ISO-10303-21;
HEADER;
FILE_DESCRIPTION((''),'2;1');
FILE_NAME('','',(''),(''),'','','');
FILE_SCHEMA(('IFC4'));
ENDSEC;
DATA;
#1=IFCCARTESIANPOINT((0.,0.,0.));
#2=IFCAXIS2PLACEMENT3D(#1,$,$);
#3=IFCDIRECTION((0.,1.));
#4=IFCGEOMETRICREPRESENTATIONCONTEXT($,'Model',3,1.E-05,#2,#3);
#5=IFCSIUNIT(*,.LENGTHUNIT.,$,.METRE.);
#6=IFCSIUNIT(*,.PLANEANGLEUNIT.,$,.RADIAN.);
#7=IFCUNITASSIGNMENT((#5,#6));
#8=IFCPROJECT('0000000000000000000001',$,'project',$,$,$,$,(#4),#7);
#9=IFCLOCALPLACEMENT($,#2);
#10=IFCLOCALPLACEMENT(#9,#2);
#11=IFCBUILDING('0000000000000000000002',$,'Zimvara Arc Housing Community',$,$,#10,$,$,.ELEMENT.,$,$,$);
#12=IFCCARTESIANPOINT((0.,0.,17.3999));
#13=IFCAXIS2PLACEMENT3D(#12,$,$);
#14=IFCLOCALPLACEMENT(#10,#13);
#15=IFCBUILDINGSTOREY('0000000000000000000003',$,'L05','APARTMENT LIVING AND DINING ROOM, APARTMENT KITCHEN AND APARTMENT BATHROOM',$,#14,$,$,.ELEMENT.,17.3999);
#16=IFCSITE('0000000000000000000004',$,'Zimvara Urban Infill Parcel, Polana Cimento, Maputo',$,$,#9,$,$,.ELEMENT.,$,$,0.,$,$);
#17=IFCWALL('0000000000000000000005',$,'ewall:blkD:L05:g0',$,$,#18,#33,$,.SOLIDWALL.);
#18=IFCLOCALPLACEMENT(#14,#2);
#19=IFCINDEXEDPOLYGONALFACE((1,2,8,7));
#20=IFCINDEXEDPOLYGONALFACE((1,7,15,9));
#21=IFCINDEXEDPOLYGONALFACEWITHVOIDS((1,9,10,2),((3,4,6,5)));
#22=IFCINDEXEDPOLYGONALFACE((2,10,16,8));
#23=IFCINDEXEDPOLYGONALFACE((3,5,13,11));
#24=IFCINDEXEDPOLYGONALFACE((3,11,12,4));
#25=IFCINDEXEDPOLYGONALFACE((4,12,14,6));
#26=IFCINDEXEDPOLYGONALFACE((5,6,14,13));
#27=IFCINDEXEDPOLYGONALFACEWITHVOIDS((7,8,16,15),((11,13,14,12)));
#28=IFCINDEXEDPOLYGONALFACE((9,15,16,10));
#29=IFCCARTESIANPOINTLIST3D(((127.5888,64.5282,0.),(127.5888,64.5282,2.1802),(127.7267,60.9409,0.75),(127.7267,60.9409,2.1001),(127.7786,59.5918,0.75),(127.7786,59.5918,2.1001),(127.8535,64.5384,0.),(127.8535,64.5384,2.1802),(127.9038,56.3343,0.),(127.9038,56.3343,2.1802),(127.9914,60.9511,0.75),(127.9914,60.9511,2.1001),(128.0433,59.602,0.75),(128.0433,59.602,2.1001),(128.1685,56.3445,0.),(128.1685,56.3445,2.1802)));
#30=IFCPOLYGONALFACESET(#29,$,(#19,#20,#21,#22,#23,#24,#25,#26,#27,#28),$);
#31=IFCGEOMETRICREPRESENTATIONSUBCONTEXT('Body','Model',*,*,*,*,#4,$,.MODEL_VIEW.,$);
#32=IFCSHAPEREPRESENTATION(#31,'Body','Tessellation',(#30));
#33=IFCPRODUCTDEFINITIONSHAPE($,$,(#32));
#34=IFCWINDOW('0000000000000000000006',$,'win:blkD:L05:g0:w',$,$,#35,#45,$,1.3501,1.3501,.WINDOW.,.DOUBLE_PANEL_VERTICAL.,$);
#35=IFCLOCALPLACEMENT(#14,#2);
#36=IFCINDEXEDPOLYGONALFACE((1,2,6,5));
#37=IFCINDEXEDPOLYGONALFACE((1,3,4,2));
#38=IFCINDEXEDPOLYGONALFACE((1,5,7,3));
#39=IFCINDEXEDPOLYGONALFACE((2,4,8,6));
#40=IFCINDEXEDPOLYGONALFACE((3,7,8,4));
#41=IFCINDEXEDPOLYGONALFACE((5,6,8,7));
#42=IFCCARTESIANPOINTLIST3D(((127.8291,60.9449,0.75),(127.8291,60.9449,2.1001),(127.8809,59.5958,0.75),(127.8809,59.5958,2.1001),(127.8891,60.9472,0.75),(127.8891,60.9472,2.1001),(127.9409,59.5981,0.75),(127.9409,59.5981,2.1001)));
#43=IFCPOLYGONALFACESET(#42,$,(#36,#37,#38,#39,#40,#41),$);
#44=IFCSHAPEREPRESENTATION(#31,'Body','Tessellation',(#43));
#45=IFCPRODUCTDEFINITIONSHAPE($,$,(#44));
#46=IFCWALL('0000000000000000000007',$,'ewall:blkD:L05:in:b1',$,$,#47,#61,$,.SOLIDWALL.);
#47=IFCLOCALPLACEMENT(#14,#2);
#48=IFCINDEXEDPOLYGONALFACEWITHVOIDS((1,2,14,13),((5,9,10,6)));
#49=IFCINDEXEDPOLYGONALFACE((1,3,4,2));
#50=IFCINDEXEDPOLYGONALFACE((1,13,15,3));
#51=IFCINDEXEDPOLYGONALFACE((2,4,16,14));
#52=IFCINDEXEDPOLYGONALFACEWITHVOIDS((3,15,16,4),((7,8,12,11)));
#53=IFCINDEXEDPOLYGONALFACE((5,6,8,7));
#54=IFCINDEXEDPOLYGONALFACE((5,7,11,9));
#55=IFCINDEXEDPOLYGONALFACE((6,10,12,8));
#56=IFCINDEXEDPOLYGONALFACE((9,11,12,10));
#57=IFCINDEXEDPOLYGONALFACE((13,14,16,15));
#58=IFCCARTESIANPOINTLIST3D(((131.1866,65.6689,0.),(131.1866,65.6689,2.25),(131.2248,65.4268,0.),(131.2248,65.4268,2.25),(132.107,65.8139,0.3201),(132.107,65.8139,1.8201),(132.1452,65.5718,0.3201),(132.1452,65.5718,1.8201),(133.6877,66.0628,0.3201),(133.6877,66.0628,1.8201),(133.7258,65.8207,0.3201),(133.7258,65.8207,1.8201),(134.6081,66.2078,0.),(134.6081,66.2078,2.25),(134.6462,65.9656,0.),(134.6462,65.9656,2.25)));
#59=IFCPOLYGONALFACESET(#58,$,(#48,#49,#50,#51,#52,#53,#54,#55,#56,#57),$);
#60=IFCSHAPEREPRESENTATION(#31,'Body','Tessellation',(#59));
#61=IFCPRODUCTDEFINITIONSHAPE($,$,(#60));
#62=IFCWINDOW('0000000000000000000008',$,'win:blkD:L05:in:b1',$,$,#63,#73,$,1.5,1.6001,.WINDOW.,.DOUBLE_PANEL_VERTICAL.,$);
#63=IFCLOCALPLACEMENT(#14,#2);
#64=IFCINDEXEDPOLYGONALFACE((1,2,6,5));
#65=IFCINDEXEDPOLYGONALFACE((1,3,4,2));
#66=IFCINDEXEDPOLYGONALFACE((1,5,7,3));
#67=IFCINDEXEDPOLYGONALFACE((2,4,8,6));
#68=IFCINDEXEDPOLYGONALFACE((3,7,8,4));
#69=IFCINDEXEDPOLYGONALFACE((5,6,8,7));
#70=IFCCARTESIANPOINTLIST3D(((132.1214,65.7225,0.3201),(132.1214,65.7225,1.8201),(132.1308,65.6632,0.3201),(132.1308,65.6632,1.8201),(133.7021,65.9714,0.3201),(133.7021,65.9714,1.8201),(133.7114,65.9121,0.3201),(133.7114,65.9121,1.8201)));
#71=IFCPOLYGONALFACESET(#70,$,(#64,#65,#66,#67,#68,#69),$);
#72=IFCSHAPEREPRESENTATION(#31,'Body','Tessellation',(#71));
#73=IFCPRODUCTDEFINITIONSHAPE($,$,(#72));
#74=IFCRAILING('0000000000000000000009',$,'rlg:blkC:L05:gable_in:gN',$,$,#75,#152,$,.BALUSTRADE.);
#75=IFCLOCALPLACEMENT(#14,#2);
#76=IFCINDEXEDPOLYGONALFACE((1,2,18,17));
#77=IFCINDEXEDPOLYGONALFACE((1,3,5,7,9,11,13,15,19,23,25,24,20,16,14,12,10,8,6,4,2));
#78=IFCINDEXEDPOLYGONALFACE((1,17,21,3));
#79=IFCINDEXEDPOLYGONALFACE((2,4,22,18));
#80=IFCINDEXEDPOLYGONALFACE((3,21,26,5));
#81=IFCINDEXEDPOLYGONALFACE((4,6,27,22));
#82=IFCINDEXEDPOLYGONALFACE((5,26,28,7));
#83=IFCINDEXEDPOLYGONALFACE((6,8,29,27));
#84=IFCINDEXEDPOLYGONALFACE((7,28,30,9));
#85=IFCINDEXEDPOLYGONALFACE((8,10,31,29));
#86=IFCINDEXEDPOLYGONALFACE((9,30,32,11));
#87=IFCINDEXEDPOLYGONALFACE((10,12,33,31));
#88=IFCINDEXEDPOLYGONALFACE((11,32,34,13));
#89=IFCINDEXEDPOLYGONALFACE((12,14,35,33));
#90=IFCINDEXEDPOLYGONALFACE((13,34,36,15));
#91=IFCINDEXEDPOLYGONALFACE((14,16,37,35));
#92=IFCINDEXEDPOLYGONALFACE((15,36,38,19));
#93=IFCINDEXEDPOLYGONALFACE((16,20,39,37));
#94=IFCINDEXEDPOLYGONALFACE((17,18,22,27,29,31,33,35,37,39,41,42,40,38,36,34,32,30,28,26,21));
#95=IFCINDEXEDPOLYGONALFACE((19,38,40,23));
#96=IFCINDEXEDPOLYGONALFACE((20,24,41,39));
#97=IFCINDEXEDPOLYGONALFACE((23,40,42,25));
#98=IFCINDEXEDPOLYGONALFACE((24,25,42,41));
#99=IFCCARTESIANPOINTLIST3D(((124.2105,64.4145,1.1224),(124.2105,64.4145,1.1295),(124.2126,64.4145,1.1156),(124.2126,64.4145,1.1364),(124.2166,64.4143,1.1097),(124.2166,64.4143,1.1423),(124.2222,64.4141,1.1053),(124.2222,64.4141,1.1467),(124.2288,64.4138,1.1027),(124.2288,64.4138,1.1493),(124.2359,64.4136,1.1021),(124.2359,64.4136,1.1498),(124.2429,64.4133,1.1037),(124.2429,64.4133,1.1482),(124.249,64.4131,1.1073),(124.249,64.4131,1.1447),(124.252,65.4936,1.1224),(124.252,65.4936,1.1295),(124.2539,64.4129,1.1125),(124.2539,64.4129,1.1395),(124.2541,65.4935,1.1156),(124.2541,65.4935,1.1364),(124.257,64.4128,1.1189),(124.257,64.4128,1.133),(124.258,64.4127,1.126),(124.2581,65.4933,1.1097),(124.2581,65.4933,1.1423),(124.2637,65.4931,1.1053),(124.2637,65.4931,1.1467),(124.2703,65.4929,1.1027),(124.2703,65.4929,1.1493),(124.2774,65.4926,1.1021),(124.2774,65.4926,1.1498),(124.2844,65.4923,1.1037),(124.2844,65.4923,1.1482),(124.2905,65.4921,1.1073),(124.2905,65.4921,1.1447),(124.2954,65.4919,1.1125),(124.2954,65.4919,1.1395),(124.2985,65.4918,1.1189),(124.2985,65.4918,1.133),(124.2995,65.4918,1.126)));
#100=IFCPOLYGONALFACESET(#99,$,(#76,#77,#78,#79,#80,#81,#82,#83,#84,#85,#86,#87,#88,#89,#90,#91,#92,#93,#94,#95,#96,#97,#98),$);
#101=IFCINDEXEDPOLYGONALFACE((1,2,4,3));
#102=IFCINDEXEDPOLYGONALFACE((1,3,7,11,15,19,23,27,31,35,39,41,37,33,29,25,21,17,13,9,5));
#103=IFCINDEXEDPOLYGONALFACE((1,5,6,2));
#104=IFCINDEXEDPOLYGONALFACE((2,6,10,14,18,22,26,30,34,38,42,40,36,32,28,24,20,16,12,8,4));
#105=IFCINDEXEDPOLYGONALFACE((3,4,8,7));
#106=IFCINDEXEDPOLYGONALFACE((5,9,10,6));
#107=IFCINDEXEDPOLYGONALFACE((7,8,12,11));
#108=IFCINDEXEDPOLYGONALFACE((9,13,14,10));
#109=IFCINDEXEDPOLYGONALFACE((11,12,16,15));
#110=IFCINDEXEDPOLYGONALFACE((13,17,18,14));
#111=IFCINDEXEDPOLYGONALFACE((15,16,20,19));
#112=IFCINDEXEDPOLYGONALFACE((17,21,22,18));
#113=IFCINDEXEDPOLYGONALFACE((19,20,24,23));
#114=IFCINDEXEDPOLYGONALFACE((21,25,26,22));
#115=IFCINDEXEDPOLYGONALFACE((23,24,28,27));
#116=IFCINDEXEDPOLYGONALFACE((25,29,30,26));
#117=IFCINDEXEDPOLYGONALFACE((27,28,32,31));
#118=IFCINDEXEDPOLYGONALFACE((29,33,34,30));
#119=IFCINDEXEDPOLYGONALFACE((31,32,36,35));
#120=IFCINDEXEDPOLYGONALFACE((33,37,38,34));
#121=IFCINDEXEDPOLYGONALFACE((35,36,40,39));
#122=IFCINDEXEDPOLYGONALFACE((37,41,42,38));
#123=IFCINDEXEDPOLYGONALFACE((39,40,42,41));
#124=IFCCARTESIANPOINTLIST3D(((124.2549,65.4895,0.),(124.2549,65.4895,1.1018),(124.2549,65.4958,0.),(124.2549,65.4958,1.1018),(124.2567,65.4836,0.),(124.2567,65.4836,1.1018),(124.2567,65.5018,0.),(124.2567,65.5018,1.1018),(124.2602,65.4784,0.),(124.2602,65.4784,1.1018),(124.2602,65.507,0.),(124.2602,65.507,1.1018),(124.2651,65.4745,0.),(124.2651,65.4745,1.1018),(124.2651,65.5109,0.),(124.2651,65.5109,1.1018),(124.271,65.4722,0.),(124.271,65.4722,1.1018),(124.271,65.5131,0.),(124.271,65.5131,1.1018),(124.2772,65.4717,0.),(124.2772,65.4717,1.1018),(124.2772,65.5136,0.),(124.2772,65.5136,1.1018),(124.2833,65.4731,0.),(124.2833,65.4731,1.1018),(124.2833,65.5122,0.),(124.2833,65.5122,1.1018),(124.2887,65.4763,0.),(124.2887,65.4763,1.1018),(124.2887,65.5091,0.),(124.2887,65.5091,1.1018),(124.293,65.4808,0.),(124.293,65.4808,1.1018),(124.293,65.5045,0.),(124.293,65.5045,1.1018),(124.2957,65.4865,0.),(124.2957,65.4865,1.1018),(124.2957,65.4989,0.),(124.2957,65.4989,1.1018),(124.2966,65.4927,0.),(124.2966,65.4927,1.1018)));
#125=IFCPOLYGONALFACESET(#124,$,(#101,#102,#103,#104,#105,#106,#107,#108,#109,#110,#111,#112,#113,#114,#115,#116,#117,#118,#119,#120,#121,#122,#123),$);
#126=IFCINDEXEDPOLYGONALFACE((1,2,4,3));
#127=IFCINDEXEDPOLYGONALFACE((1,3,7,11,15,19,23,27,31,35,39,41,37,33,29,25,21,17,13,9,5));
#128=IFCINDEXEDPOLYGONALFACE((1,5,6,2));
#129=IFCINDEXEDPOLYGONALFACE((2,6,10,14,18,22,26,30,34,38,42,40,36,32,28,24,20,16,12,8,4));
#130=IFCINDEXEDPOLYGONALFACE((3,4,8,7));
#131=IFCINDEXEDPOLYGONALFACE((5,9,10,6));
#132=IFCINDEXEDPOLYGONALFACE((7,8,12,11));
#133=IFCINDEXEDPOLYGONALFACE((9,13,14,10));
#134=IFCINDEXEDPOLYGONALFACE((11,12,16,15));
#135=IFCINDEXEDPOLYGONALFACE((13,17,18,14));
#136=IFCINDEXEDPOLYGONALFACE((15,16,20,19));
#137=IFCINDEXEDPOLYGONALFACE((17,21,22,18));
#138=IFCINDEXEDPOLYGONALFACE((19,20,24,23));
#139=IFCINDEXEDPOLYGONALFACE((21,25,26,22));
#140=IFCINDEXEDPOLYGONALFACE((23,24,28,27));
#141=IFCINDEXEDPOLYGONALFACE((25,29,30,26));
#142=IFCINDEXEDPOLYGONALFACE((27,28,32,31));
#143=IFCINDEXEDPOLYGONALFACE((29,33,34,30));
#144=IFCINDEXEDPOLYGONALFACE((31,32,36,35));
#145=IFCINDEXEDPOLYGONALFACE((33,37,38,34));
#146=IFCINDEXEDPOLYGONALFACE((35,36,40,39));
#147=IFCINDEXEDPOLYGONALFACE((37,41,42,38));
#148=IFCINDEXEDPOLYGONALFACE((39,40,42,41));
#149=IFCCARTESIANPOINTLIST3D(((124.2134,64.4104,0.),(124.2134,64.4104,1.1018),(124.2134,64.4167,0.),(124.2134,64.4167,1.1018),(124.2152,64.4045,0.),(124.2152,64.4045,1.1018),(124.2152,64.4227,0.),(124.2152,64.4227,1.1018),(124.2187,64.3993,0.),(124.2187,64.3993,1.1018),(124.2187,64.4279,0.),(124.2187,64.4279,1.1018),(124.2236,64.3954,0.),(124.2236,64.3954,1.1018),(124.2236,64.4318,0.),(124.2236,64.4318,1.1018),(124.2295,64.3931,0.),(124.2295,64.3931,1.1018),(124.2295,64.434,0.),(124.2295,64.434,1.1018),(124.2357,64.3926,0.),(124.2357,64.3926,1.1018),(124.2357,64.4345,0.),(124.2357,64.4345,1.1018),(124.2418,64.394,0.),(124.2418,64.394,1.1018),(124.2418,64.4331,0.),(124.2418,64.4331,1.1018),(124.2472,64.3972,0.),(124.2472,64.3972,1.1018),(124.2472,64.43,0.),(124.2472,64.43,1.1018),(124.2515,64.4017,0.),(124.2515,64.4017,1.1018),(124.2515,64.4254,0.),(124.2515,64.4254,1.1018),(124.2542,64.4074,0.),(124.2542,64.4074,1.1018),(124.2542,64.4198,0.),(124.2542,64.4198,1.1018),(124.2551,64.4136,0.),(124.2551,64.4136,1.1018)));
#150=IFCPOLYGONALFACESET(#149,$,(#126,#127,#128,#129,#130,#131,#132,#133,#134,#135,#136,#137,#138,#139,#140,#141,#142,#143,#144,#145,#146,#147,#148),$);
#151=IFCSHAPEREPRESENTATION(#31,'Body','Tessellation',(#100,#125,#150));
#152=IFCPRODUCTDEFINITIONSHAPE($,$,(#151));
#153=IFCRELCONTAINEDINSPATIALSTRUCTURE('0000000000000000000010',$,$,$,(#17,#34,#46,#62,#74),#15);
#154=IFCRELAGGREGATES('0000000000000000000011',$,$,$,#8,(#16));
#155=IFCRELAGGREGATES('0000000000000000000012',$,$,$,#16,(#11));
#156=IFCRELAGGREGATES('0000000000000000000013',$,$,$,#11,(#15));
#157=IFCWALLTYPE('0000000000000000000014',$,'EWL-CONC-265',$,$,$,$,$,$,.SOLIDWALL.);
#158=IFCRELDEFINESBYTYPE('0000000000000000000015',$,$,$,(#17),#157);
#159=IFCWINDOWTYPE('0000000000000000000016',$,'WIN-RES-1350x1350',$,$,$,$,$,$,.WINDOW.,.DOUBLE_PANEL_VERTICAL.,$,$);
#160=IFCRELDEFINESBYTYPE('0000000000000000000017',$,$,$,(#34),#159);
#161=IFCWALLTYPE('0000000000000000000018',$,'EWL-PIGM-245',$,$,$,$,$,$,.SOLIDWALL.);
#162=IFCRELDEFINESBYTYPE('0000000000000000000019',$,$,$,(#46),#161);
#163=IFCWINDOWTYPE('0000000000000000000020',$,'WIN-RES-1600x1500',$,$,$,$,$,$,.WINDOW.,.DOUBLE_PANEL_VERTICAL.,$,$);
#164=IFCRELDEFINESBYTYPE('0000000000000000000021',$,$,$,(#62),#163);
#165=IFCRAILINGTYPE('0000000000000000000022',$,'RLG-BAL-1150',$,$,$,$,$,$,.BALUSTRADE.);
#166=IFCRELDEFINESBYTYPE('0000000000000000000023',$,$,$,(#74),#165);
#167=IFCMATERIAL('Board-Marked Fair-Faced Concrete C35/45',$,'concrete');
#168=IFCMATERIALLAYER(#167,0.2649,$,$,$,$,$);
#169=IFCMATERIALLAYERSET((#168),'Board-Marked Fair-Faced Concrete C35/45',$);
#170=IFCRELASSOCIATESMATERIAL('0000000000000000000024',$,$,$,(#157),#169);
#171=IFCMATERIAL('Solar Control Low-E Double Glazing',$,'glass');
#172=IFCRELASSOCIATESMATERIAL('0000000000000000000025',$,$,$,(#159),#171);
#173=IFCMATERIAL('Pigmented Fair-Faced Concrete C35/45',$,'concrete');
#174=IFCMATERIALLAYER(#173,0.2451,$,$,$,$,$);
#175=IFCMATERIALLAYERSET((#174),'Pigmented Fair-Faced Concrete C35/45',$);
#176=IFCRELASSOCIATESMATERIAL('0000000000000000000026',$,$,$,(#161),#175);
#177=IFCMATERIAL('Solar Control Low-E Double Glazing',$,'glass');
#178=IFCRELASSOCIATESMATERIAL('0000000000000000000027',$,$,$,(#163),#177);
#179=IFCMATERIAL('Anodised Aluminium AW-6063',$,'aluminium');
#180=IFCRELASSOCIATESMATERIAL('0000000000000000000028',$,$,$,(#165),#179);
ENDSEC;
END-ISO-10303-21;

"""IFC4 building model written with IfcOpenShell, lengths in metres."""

from ifc_helpers import new_model, si_unit, direction, frame, frame_2d, origin, origin_2d, place, context, subcontext, project, spatial, rectangle, circle, extrude, material, layer, layer_set, type_object, element, fill, save


model = new_model("IFC4")

# Units and contexts
model_context = context("Model", 3, precision=1e-05, world=origin(), true_north=direction((0.0, 1.0)))
body_context = subcontext(model_context, "Body", "Model", "MODEL_VIEW")
ifc_project = project(units=[si_unit("LENGTHUNIT", "METRE"), si_unit("PLANEANGLEUNIT", "RADIAN")], contexts=[model_context])

# Site, building, storey
site_placement = place(None, origin())
site = spatial("IfcSite", under=ifc_project, at=site_placement, Name="Zimvara Urban Infill Parcel, Polana Cimento, Maputo", CompositionType="ELEMENT", RefElevation=0.0)
building_placement = place(site_placement, origin())
building = spatial("IfcBuilding", under=site, at=building_placement, Name="Zimvara Arc Housing Community", CompositionType="ELEMENT")
storey_placement = place(building_placement, frame((0.0, 0.0, 17.3999)))
storey = spatial("IfcBuildingStorey", under=building, at=storey_placement, Name="L05", Description="APARTMENT LIVING AND DINING ROOM, APARTMENT KITCHEN AND APARTMENT BATHROOM", CompositionType="ELEMENT", Elevation=17.3999)

# Walls, openings, windows
ifc_material_1 = material(Name="Board-Marked Fair-Faced Concrete C35/45", Category="concrete")
ifc_layer_1 = layer(ifc_material_1, 0.2649)
ifc_layer_set_1 = layer_set([ifc_layer_1], Name="Board-Marked Fair-Faced Concrete C35/45")
wall_type_1 = type_object("IfcWallType", Name="EWL-CONC-265", PredefinedType="SOLIDWALL", material=ifc_layer_set_1)
ifc_material_2 = material(Name="Solar Control Low-E Double Glazing", Category="glass")
window_type_1 = type_object("IfcWindowType", Name="WIN-RES-1350x1350", PartitioningType="DOUBLE_PANEL_VERTICAL", PredefinedType="WINDOW", material=ifc_material_2)
wall_1_placement = place(storey_placement, frame((127.7212, 64.5334, 0.0), z_axis=(0.0, 0.0, 1.0), x_axis=(0.038408, -0.999262, 0.0)))
wall_1 = element("IfcWall", 1, at=wall_1_placement, inside=storey, type_object=wall_type_1, Name="ewall:blkD:L05:g0", PredefinedType="SOLIDWALL", context=body_context, shape_type="SweptSolid", body=[
    extrude(rectangle(XDim=8.2, YDim=0.2649, at=frame_2d((4.1001, 0.0))), origin(), (0.0, 0.0, 1.0), 2.1802),
])
opening_1_placement = place(wall_1_placement, frame((3.5901, 0.0, 0.75)))
opening_1 = element("IfcOpeningElement", 2, at=opening_1_placement, cuts=wall_1, PredefinedType="OPENING", context=body_context, shape_type="SweptSolid", body=[
    extrude(rectangle(XDim=1.3501, YDim=1.3501, at=frame_2d((0.675, 0.675))), frame((0.0, 0.1423, 0.0), z_axis=(0.0, -1.0, 0.0), x_axis=(1.0, 0.0, 0.0)), (0.0, 0.0, 1.0), 0.2849),
])
window_1_placement = place(opening_1_placement, origin())
window_1 = element("IfcWindow", 3, at=window_1_placement, inside=storey, type_object=window_type_1, Name="win:blkD:L05:g0:w", OverallHeight=1.3501, OverallWidth=1.3501, PartitioningType="DOUBLE_PANEL_VERTICAL", PredefinedType="WINDOW", context=body_context, shape_type="SweptSolid", body=[
    extrude(rectangle(XDim=1.3501, YDim=1.3501, at=frame_2d((0.675, 0.675))), frame((0.0, 0.03, 0.0), z_axis=(0.0, -1.0, 0.0), x_axis=(1.0, 0.0, 0.0)), (0.0, 0.0, 1.0), 0.0601),
])
fill(opening_1, window_1)
ifc_material_3 = material(Name="Pigmented Fair-Faced Concrete C35/45", Category="concrete")
ifc_layer_2 = layer(ifc_material_3, 0.2451)
ifc_layer_set_2 = layer_set([ifc_layer_2], Name="Pigmented Fair-Faced Concrete C35/45")
wall_type_2 = type_object("IfcWallType", Name="EWL-PIGM-245", PredefinedType="SOLIDWALL", material=ifc_layer_set_2)
wall_2_placement = place(storey_placement, frame((131.2056, 65.5479, 0.0), z_axis=(0.0, 0.0, 1.0), x_axis=(0.987825, 0.155568, 0.0)))
wall_2 = element("IfcWall", 4, at=wall_2_placement, inside=storey, type_object=wall_type_2, Name="ewall:blkD:L05:in:b1", PredefinedType="SOLIDWALL", context=body_context, shape_type="SweptSolid", body=[
    extrude(rectangle(XDim=3.4636, YDim=0.2451, at=frame_2d((1.7319, 0.0))), origin(), (0.0, 0.0, 1.0), 2.25),
])
opening_2_placement = place(wall_2_placement, frame((0.9319, 0.0, 0.3201)))
opening_2 = element("IfcOpeningElement", 5, at=opening_2_placement, cuts=wall_2, PredefinedType="OPENING", context=body_context, shape_type="SweptSolid", body=[
    extrude(rectangle(XDim=1.6001, YDim=1.5, at=frame_2d((0.8, 0.75))), frame((0.0, 0.1326, 0.0), z_axis=(0.0, -1.0, 0.0), x_axis=(1.0, 0.0, 0.0)), (0.0, 0.0, 1.0), 0.2651),
])
ifc_material_4 = material(Name="Solar Control Low-E Double Glazing", Category="glass")
window_type_2 = type_object("IfcWindowType", Name="WIN-RES-1600x1500", PartitioningType="DOUBLE_PANEL_VERTICAL", PredefinedType="WINDOW", material=ifc_material_4)
window_2_placement = place(opening_2_placement, origin())
window_2 = element("IfcWindow", 6, at=window_2_placement, inside=storey, type_object=window_type_2, Name="win:blkD:L05:in:b1", OverallHeight=1.5, OverallWidth=1.6001, PartitioningType="DOUBLE_PANEL_VERTICAL", PredefinedType="WINDOW", context=body_context, shape_type="SweptSolid", body=[
    extrude(rectangle(XDim=1.6001, YDim=1.5, at=frame_2d((0.8, 0.75))), frame((0.0, 0.03, 0.0), z_axis=(0.0, -1.0, 0.0), x_axis=(1.0, 0.0, 0.0)), (0.0, 0.0, 1.0), 0.0601),
])
fill(opening_2, window_2)

# Railing
ifc_material_5 = material(Name="Anodised Aluminium AW-6063", Category="aluminium")
railing_type = type_object("IfcRailingType", Name="RLG-BAL-1150", PredefinedType="BALUSTRADE", material=ifc_material_5)
railing_1_placement = place(storey_placement, frame((124.2756, 65.4927, 0.0)))
element("IfcRailing", 7, at=railing_1_placement, inside=storey, type_object=railing_type, Name="rlg:blkC:L05:gable_in:gN", PredefinedType="BALUSTRADE", context=body_context, shape_type="SweptSolid", body=[
    extrude(circle(Radius=0.0239, at=origin_2d()), frame((0.0, 0.0, 1.126), z_axis=(-0.038433, -0.999261, 0.0), x_axis=(0.999261, -0.038433, 0.0)), (0.0, 0.0, 1.0), 1.0798),
    extrude(circle(Radius=0.021, at=origin_2d()), origin(), (0.0, 0.0, 1.0), 1.1018),
    extrude(circle(Radius=0.021, at=origin_2d()), frame((-0.0415, -1.0791, 0.0)), (0.0, 0.0, 1.0), 1.1018),
])

save(model, "model.ifc")
